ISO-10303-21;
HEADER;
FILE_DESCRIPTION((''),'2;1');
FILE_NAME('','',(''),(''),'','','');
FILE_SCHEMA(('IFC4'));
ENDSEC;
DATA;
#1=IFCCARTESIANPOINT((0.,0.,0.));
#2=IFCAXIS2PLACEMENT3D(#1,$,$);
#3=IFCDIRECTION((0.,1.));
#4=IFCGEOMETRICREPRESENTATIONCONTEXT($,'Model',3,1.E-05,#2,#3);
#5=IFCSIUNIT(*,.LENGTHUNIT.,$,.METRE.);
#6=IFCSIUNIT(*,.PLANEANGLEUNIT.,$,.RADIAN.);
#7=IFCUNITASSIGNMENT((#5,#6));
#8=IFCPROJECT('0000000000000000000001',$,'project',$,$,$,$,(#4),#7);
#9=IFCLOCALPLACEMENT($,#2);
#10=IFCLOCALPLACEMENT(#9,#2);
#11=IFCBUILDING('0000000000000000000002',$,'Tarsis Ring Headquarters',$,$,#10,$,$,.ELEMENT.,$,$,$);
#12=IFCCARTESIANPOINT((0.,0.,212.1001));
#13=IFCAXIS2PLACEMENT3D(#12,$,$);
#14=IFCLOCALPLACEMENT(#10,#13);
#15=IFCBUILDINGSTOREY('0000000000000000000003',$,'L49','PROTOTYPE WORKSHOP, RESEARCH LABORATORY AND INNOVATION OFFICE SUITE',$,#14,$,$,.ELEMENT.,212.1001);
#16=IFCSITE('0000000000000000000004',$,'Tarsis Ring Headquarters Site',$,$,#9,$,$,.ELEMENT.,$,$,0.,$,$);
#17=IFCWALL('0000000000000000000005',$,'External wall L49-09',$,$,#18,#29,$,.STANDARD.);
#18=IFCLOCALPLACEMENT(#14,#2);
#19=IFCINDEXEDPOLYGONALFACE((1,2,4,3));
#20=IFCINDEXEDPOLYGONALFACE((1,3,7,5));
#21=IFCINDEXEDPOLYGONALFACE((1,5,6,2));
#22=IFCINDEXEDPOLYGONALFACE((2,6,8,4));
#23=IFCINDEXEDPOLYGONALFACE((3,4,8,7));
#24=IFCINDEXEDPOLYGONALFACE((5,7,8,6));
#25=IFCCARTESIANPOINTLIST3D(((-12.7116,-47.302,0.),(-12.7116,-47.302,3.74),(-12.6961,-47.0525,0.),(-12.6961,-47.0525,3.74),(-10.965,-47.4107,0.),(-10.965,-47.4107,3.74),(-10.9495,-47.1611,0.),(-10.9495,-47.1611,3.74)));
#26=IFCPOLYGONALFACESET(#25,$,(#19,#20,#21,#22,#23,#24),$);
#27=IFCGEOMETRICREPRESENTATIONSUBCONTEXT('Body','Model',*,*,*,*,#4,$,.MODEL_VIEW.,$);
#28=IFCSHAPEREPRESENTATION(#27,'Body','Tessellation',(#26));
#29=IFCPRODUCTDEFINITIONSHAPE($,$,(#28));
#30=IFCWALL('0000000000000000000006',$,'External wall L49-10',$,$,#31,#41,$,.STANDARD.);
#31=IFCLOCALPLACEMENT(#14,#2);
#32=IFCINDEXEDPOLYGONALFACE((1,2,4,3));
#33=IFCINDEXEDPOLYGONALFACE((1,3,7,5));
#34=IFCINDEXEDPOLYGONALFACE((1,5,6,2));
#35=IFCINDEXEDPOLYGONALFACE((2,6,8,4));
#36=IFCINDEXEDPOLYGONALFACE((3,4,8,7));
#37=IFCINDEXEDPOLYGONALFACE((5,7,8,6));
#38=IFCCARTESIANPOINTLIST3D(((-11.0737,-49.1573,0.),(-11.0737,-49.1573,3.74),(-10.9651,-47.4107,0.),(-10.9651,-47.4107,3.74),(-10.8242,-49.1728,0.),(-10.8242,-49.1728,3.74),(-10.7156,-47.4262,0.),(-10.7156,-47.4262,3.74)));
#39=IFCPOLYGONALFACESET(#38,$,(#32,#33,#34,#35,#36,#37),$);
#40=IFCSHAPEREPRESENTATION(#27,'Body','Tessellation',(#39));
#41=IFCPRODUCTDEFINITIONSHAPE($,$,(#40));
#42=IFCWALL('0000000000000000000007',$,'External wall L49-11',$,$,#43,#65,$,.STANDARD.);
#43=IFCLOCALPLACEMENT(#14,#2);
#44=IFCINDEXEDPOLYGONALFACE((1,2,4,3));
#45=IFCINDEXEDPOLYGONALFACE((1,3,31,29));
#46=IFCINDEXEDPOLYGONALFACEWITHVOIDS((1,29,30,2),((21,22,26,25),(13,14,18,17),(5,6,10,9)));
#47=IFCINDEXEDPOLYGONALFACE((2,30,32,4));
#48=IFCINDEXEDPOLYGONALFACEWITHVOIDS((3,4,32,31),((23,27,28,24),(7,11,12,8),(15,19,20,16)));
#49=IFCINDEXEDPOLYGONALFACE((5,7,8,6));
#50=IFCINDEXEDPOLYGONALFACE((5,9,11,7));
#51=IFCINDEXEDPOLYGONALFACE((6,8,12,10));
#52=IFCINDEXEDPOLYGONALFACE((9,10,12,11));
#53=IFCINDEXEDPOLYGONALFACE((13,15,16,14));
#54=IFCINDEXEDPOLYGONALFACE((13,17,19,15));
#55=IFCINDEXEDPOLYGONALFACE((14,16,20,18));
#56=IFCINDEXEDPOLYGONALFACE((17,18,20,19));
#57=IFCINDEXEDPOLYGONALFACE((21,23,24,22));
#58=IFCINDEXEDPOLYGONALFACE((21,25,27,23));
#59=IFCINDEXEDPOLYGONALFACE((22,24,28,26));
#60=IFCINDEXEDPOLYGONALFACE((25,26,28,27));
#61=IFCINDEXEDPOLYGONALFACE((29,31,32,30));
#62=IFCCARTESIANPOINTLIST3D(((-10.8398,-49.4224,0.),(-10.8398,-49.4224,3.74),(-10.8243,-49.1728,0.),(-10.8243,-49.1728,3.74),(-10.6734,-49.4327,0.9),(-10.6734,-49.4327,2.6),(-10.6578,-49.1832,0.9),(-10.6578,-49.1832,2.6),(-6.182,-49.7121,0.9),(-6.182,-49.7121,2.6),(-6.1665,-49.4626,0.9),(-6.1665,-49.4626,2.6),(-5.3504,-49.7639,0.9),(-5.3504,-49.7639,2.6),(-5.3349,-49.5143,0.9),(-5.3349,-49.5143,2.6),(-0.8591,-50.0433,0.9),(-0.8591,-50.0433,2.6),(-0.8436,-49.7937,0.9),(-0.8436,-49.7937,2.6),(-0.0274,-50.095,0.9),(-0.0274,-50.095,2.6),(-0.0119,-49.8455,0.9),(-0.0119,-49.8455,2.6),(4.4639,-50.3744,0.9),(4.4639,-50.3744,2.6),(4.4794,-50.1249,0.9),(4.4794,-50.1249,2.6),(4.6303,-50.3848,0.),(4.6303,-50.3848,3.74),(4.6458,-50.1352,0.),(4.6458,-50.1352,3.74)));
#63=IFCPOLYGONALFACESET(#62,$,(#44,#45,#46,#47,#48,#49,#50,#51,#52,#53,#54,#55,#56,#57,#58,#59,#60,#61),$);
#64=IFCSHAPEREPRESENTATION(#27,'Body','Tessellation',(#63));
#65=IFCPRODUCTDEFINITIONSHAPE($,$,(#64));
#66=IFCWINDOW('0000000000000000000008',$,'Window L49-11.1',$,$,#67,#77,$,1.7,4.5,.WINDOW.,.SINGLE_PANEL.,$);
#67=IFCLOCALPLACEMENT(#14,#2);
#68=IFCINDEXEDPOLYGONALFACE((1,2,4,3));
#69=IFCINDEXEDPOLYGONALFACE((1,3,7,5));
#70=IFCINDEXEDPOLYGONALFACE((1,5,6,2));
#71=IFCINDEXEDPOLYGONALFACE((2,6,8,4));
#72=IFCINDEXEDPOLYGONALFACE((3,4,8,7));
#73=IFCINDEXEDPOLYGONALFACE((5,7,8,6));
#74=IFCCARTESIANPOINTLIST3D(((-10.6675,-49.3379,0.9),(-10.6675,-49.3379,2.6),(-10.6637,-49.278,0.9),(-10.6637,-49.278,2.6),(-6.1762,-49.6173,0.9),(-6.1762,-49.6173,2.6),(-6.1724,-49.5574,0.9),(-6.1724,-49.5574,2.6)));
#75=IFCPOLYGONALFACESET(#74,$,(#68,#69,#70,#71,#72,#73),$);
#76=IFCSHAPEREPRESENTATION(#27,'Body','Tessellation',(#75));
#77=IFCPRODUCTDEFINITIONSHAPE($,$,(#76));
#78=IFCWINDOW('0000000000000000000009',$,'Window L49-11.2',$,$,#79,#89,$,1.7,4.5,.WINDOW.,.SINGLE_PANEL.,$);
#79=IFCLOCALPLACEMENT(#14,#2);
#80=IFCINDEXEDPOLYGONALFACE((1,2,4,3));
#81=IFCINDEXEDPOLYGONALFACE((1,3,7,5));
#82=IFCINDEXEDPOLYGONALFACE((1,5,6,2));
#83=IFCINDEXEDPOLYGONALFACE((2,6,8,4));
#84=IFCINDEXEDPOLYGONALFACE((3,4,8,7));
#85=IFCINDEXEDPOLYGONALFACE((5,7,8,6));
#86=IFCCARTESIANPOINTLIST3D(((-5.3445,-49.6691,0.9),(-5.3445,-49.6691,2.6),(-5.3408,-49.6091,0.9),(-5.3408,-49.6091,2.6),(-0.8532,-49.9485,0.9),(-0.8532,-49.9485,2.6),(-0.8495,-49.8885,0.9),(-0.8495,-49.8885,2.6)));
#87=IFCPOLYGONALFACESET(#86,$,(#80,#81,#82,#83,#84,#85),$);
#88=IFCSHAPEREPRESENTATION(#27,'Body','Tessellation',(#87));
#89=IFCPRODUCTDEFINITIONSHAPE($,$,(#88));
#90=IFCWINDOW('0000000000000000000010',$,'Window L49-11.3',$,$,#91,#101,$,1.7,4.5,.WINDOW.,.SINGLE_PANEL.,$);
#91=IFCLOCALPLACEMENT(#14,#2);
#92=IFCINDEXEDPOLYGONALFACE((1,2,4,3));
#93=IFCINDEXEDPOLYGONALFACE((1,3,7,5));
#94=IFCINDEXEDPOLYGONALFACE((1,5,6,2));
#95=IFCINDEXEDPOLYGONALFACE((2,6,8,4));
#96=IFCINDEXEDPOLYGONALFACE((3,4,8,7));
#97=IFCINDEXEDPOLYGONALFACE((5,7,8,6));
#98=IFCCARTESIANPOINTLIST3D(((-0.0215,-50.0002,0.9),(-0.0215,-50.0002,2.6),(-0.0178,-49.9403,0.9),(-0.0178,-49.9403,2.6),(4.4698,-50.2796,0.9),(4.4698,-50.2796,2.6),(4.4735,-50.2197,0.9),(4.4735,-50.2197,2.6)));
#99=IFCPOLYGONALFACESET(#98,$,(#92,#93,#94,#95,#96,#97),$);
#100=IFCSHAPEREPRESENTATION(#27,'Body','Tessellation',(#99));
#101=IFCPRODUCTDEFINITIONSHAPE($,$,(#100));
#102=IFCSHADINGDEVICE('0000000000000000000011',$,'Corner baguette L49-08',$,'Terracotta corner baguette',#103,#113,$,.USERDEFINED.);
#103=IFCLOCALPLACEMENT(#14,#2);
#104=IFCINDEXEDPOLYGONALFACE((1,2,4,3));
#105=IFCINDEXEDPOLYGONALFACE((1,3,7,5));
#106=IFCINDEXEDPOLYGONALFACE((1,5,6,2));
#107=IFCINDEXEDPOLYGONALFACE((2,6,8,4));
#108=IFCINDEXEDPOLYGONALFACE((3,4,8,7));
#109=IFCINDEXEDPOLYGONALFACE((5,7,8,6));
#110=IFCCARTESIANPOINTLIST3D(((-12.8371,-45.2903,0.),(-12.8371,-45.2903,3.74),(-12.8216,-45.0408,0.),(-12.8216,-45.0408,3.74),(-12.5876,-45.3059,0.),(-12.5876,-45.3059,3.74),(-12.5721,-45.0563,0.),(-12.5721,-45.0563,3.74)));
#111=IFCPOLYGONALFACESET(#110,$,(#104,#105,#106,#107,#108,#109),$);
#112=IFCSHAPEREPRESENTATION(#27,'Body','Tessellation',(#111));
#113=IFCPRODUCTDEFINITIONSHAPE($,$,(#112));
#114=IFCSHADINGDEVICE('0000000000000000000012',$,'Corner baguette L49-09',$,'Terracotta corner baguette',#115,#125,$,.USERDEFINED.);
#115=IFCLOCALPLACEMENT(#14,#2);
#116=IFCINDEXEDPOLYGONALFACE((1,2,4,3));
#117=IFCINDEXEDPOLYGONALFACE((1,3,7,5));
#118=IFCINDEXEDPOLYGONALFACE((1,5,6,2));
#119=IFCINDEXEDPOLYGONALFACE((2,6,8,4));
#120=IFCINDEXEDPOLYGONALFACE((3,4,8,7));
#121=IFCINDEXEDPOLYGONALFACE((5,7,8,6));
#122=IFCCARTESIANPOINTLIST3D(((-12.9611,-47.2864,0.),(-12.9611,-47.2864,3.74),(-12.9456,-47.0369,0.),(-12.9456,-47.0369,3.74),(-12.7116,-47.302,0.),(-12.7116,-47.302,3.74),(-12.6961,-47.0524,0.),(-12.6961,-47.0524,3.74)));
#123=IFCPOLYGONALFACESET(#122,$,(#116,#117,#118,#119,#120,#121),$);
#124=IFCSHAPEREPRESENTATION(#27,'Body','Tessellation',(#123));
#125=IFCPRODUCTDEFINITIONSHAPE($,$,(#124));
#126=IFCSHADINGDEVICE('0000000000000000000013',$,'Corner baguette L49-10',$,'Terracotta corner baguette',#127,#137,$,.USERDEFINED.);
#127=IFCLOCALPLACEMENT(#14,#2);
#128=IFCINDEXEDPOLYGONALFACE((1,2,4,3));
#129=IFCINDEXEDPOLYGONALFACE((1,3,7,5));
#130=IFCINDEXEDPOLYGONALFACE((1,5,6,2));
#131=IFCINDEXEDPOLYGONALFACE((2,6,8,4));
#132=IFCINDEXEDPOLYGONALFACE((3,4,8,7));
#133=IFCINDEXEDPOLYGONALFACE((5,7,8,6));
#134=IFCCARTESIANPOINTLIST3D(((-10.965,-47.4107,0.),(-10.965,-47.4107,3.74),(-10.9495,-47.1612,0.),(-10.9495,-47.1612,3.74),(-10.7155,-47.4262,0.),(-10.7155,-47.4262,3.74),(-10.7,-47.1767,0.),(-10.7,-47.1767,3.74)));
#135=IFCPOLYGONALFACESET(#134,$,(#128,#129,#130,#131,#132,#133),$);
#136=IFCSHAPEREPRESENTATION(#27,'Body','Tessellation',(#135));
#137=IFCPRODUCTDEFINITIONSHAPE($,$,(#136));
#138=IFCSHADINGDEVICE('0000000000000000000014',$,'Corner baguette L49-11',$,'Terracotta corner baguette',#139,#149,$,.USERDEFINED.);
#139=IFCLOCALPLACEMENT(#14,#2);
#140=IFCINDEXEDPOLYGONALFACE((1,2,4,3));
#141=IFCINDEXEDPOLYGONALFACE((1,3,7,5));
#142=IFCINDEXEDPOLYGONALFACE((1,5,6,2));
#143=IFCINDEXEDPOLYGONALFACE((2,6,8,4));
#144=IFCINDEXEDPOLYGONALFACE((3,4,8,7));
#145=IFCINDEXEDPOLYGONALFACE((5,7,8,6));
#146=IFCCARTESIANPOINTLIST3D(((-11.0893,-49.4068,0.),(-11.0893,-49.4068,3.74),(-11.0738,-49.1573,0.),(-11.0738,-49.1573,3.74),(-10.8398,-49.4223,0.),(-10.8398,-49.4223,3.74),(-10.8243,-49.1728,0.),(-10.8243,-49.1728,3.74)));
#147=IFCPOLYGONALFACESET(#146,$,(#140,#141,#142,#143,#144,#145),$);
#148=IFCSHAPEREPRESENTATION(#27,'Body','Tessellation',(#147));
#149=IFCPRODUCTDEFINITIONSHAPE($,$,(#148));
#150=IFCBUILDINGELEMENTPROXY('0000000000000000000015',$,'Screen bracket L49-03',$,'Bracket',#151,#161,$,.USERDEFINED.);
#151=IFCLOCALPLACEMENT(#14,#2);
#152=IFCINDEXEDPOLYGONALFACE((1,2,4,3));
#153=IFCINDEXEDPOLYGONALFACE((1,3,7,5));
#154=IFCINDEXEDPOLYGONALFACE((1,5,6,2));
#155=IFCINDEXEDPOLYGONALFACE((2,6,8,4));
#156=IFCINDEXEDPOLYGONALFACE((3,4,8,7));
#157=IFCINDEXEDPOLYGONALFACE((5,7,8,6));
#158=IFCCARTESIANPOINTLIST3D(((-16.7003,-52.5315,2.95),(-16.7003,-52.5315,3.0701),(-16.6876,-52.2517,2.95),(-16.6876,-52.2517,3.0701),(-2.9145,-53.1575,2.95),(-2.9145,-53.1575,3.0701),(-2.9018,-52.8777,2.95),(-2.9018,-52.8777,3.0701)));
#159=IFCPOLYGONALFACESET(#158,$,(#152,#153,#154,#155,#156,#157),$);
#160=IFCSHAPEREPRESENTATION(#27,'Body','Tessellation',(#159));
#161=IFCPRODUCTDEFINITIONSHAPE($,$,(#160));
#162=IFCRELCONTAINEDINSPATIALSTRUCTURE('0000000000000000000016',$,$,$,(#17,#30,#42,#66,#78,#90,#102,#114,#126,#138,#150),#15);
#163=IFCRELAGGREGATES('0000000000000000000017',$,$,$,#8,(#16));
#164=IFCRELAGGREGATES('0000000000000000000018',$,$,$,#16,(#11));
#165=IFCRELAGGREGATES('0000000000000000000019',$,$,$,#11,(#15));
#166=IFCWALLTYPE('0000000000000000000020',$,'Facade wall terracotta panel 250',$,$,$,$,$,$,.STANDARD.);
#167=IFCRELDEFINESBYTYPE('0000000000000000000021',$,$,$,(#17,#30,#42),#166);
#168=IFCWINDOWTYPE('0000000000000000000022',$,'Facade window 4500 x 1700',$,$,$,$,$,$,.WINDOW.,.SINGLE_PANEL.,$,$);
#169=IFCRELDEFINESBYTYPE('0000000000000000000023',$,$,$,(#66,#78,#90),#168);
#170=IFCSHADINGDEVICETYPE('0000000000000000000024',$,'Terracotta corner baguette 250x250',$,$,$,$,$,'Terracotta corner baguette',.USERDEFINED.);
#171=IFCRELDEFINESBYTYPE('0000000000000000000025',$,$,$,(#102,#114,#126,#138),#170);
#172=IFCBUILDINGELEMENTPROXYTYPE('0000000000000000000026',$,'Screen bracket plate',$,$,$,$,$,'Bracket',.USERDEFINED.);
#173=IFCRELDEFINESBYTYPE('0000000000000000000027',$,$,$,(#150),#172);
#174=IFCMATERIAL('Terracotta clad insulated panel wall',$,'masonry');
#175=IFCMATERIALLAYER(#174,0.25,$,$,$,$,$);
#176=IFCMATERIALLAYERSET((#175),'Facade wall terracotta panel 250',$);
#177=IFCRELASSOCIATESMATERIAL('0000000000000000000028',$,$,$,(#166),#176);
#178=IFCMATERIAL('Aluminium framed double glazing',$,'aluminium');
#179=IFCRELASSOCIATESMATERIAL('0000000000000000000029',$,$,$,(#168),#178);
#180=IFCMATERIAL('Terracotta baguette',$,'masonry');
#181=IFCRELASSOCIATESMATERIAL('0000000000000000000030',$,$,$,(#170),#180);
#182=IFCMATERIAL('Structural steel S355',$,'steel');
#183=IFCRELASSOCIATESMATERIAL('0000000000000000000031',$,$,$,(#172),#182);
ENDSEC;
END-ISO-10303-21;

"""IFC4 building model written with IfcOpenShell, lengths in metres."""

from ifc_helpers import new_model, si_unit, direction, frame, frame_2d, origin, origin_2d, place, context, subcontext, project, spatial, rectangle, extrude, material, layer, layer_set, type_object, element, fill, save


model = new_model("IFC4")

# Units and contexts
model_context = context("Model", 3, precision=1e-05, world=origin(), true_north=direction((0.0, 1.0)))
body_context = subcontext(model_context, "Body", "Model", "MODEL_VIEW")
ifc_project = project(units=[si_unit("LENGTHUNIT", "METRE"), si_unit("PLANEANGLEUNIT", "RADIAN")], contexts=[model_context])

# Site, building, storey
site_placement = place(None, origin())
site = spatial("IfcSite", under=ifc_project, at=site_placement, Name="Tarsis Ring Headquarters Site", CompositionType="ELEMENT", RefElevation=0.0)
building_placement = place(site_placement, origin())
building = spatial("IfcBuilding", under=site, at=building_placement, Name="Tarsis Ring Headquarters", CompositionType="ELEMENT")
storey_placement = place(building_placement, frame((0.0, 0.0, 212.1001)))
storey = spatial("IfcBuildingStorey", under=building, at=storey_placement, Name="L49", Description="PROTOTYPE WORKSHOP, RESEARCH LABORATORY AND INNOVATION OFFICE SUITE", CompositionType="ELEMENT", Elevation=212.1001)

# Shared definitions
ifc_material_1 = material(Name="Structural steel S355", Category="steel")

# Walls
ifc_material_2 = material(Name="Terracotta clad insulated panel wall", Category="masonry")
ifc_layer_1 = layer(ifc_material_2, 0.25)
ifc_layer_set_1 = layer_set([ifc_layer_1], Name="Facade wall terracotta panel 250")
wall_type_1 = type_object("IfcWallType", Name="Facade wall terracotta panel 250", PredefinedType="STANDARD", material=ifc_layer_set_1)
for number, where, z_axis, x_axis, name in (
    (1, (-12.7039, -47.1772, 0.0), (0.0, 0.0, 1.0), (0.998071, -0.062083, 0.0), "External wall L49-09"),
    (2, (-10.8403, -47.4185, 0.0), (0.0, 0.0, 1.0), (-0.062083, -0.998071, 0.0), "External wall L49-10"),
):
    element("IfcWall", number, at=place(storey_placement, frame(where, z_axis=z_axis, x_axis=x_axis)), inside=storey, type_object=wall_type_1, Name=name, PredefinedType="STANDARD", context=body_context, shape_type="SweptSolid", body=[
        extrude(rectangle(XDim=1.75, YDim=0.25, at=frame_2d((0.875, 0.0))), origin(), (0.0, 0.0, 1.0), 3.74),
    ])

# Wall, openings, windows
wall_1_placement = place(storey_placement, frame((-10.832, -49.2976, 0.0), z_axis=(0.0, 0.0, 1.0), x_axis=(0.998071, -0.06209, 0.0)))
wall_1 = element("IfcWall", 3, at=wall_1_placement, inside=storey, type_object=wall_type_1, Name="External wall L49-11", PredefinedType="STANDARD", context=body_context, shape_type="SweptSolid", body=[
    extrude(rectangle(XDim=15.5, YDim=0.25, at=frame_2d((7.75, 0.0))), origin(), (0.0, 0.0, 1.0), 3.74),
])
opening_1_placement = place(wall_1_placement, frame((0.1667, 0.0, 0.8999)))
opening_1 = element("IfcOpeningElement", 4, at=opening_1_placement, cuts=wall_1, PredefinedType="OPENING", context=body_context, shape_type="SweptSolid", body=[
    extrude(rectangle(XDim=4.5, YDim=1.7, at=frame_2d((2.25, 0.8501))), frame((0.0, 0.135, 0.0), z_axis=(0.0, -1.0, 0.0), x_axis=(1.0, 0.0, 0.0)), (0.0, 0.0, 1.0), 0.27),
])
opening_2_placement = place(wall_1_placement, frame((5.5, 0.0, 0.8999)))
opening_2 = element("IfcOpeningElement", 5, at=opening_2_placement, cuts=wall_1, PredefinedType="OPENING", context=body_context, shape_type="SweptSolid", body=[
    extrude(rectangle(XDim=4.5, YDim=1.7, at=frame_2d((2.25, 0.8501))), frame((0.0, 0.135, 0.0), z_axis=(0.0, -1.0, 0.0), x_axis=(1.0, 0.0, 0.0)), (0.0, 0.0, 1.0), 0.27),
])
opening_3_placement = place(wall_1_placement, frame((10.8333, 0.0, 0.8999)))
opening_3 = element("IfcOpeningElement", 6, at=opening_3_placement, cuts=wall_1, PredefinedType="OPENING", context=body_context, shape_type="SweptSolid", body=[
    extrude(rectangle(XDim=4.5, YDim=1.7, at=frame_2d((2.25, 0.8501))), frame((0.0, 0.135, 0.0), z_axis=(0.0, -1.0, 0.0), x_axis=(1.0, 0.0, 0.0)), (0.0, 0.0, 1.0), 0.27),
])
ifc_material_3 = material(Name="Aluminium framed double glazing", Category="aluminium")
window_type = type_object("IfcWindowType", Name="Facade window 4500 x 1700", PartitioningType="SINGLE_PANEL", PredefinedType="WINDOW", material=ifc_material_3)
window_1_placement = place(opening_1_placement, origin())
window_1 = element("IfcWindow", 7, at=window_1_placement, inside=storey, type_object=window_type, Name="Window L49-11.1", OverallHeight=1.7, OverallWidth=4.5, PartitioningType="SINGLE_PANEL", PredefinedType="WINDOW", context=body_context, shape_type="SweptSolid", body=[
    extrude(rectangle(XDim=4.5, YDim=1.7, at=frame_2d((2.25, 0.8501))), frame((0.0, 0.03, 0.0), z_axis=(0.0, -1.0, 0.0), x_axis=(1.0, 0.0, 0.0)), (0.0, 0.0, 1.0), 0.0601),
])
fill(opening_1, window_1)
window_2_placement = place(opening_2_placement, origin())
window_2 = element("IfcWindow", 8, at=window_2_placement, inside=storey, type_object=window_type, Name="Window L49-11.2", OverallHeight=1.7, OverallWidth=4.5, PartitioningType="SINGLE_PANEL", PredefinedType="WINDOW", context=body_context, shape_type="SweptSolid", body=[
    extrude(rectangle(XDim=4.5, YDim=1.7, at=frame_2d((2.25, 0.8501))), frame((0.0, 0.03, 0.0), z_axis=(0.0, -1.0, 0.0), x_axis=(1.0, 0.0, 0.0)), (0.0, 0.0, 1.0), 0.0601),
])
fill(opening_2, window_2)
window_3_placement = place(opening_3_placement, origin())
window_3 = element("IfcWindow", 9, at=window_3_placement, inside=storey, type_object=window_type, Name="Window L49-11.3", OverallHeight=1.7, OverallWidth=4.5, PartitioningType="SINGLE_PANEL", PredefinedType="WINDOW", context=body_context, shape_type="SweptSolid", body=[
    extrude(rectangle(XDim=4.5, YDim=1.7, at=frame_2d((2.25, 0.8501))), frame((0.0, 0.03, 0.0), z_axis=(0.0, -1.0, 0.0), x_axis=(1.0, 0.0, 0.0)), (0.0, 0.0, 1.0), 0.0601),
])
fill(opening_3, window_3)

# Shading devices
ifc_material_4 = material(Name="Terracotta baguette", Category="masonry")
shading_device_type_1 = type_object("IfcShadingDeviceType", Name="Terracotta corner baguette 250x250", ElementType="Terracotta corner baguette", PredefinedType="USERDEFINED", material=ifc_material_4)
for number, where, z_axis, x_axis, name in (
    (10, (-12.7046, -45.1733, 0.0), (0.0, 0.0, 1.0), (0.99807, -0.062093, 0.0), "Corner baguette L49-08"),
    (11, (-12.8286, -47.1694, 0.0), (0.0, 0.0, 1.0), (-0.062094, -0.99807, 0.0), "Corner baguette L49-09"),
    (12, (-10.8325, -47.2937, 0.0), (0.0, 0.0, 1.0), (0.99807, -0.062094, 0.0), "Corner baguette L49-10"),
    (13, (-10.9568, -49.2898, 0.0), (0.0, 0.0, 1.0), (-0.062093, -0.99807, 0.0), "Corner baguette L49-11"),
):
    element("IfcShadingDevice", number, at=place(storey_placement, frame(where, z_axis=z_axis, x_axis=x_axis)), inside=storey, type_object=shading_device_type_1, Name=name, ObjectType="Terracotta corner baguette", PredefinedType="USERDEFINED", context=body_context, shape_type="SweptSolid", body=[
        extrude(rectangle(XDim=0.25, YDim=0.25, at=origin_2d()), origin(), (0.0, 0.0, 1.0), 3.74),
    ])

# Building element proxy
building_element_proxy_type = type_object("IfcBuildingElementProxyType", Name="Screen bracket plate", ElementType="Bracket", PredefinedType="USERDEFINED", material=ifc_material_1)
proxy_placement = place(storey_placement, frame((-9.801, -52.7046, 2.95), z_axis=(0.0, 0.0, 1.0), x_axis=(0.998971, -0.045363, 0.0)))
element("IfcBuildingElementProxy", 14, at=proxy_placement, inside=storey, type_object=building_element_proxy_type, Name="Screen bracket L49-03", ObjectType="Bracket", PredefinedType="USERDEFINED", context=body_context, shape_type="SweptSolid", body=[
    extrude(rectangle(XDim=13.8, YDim=0.28, at=origin_2d()), origin(), (0.0, 0.0, 1.0), 0.1201),
])

save(model, "model.ifc")
